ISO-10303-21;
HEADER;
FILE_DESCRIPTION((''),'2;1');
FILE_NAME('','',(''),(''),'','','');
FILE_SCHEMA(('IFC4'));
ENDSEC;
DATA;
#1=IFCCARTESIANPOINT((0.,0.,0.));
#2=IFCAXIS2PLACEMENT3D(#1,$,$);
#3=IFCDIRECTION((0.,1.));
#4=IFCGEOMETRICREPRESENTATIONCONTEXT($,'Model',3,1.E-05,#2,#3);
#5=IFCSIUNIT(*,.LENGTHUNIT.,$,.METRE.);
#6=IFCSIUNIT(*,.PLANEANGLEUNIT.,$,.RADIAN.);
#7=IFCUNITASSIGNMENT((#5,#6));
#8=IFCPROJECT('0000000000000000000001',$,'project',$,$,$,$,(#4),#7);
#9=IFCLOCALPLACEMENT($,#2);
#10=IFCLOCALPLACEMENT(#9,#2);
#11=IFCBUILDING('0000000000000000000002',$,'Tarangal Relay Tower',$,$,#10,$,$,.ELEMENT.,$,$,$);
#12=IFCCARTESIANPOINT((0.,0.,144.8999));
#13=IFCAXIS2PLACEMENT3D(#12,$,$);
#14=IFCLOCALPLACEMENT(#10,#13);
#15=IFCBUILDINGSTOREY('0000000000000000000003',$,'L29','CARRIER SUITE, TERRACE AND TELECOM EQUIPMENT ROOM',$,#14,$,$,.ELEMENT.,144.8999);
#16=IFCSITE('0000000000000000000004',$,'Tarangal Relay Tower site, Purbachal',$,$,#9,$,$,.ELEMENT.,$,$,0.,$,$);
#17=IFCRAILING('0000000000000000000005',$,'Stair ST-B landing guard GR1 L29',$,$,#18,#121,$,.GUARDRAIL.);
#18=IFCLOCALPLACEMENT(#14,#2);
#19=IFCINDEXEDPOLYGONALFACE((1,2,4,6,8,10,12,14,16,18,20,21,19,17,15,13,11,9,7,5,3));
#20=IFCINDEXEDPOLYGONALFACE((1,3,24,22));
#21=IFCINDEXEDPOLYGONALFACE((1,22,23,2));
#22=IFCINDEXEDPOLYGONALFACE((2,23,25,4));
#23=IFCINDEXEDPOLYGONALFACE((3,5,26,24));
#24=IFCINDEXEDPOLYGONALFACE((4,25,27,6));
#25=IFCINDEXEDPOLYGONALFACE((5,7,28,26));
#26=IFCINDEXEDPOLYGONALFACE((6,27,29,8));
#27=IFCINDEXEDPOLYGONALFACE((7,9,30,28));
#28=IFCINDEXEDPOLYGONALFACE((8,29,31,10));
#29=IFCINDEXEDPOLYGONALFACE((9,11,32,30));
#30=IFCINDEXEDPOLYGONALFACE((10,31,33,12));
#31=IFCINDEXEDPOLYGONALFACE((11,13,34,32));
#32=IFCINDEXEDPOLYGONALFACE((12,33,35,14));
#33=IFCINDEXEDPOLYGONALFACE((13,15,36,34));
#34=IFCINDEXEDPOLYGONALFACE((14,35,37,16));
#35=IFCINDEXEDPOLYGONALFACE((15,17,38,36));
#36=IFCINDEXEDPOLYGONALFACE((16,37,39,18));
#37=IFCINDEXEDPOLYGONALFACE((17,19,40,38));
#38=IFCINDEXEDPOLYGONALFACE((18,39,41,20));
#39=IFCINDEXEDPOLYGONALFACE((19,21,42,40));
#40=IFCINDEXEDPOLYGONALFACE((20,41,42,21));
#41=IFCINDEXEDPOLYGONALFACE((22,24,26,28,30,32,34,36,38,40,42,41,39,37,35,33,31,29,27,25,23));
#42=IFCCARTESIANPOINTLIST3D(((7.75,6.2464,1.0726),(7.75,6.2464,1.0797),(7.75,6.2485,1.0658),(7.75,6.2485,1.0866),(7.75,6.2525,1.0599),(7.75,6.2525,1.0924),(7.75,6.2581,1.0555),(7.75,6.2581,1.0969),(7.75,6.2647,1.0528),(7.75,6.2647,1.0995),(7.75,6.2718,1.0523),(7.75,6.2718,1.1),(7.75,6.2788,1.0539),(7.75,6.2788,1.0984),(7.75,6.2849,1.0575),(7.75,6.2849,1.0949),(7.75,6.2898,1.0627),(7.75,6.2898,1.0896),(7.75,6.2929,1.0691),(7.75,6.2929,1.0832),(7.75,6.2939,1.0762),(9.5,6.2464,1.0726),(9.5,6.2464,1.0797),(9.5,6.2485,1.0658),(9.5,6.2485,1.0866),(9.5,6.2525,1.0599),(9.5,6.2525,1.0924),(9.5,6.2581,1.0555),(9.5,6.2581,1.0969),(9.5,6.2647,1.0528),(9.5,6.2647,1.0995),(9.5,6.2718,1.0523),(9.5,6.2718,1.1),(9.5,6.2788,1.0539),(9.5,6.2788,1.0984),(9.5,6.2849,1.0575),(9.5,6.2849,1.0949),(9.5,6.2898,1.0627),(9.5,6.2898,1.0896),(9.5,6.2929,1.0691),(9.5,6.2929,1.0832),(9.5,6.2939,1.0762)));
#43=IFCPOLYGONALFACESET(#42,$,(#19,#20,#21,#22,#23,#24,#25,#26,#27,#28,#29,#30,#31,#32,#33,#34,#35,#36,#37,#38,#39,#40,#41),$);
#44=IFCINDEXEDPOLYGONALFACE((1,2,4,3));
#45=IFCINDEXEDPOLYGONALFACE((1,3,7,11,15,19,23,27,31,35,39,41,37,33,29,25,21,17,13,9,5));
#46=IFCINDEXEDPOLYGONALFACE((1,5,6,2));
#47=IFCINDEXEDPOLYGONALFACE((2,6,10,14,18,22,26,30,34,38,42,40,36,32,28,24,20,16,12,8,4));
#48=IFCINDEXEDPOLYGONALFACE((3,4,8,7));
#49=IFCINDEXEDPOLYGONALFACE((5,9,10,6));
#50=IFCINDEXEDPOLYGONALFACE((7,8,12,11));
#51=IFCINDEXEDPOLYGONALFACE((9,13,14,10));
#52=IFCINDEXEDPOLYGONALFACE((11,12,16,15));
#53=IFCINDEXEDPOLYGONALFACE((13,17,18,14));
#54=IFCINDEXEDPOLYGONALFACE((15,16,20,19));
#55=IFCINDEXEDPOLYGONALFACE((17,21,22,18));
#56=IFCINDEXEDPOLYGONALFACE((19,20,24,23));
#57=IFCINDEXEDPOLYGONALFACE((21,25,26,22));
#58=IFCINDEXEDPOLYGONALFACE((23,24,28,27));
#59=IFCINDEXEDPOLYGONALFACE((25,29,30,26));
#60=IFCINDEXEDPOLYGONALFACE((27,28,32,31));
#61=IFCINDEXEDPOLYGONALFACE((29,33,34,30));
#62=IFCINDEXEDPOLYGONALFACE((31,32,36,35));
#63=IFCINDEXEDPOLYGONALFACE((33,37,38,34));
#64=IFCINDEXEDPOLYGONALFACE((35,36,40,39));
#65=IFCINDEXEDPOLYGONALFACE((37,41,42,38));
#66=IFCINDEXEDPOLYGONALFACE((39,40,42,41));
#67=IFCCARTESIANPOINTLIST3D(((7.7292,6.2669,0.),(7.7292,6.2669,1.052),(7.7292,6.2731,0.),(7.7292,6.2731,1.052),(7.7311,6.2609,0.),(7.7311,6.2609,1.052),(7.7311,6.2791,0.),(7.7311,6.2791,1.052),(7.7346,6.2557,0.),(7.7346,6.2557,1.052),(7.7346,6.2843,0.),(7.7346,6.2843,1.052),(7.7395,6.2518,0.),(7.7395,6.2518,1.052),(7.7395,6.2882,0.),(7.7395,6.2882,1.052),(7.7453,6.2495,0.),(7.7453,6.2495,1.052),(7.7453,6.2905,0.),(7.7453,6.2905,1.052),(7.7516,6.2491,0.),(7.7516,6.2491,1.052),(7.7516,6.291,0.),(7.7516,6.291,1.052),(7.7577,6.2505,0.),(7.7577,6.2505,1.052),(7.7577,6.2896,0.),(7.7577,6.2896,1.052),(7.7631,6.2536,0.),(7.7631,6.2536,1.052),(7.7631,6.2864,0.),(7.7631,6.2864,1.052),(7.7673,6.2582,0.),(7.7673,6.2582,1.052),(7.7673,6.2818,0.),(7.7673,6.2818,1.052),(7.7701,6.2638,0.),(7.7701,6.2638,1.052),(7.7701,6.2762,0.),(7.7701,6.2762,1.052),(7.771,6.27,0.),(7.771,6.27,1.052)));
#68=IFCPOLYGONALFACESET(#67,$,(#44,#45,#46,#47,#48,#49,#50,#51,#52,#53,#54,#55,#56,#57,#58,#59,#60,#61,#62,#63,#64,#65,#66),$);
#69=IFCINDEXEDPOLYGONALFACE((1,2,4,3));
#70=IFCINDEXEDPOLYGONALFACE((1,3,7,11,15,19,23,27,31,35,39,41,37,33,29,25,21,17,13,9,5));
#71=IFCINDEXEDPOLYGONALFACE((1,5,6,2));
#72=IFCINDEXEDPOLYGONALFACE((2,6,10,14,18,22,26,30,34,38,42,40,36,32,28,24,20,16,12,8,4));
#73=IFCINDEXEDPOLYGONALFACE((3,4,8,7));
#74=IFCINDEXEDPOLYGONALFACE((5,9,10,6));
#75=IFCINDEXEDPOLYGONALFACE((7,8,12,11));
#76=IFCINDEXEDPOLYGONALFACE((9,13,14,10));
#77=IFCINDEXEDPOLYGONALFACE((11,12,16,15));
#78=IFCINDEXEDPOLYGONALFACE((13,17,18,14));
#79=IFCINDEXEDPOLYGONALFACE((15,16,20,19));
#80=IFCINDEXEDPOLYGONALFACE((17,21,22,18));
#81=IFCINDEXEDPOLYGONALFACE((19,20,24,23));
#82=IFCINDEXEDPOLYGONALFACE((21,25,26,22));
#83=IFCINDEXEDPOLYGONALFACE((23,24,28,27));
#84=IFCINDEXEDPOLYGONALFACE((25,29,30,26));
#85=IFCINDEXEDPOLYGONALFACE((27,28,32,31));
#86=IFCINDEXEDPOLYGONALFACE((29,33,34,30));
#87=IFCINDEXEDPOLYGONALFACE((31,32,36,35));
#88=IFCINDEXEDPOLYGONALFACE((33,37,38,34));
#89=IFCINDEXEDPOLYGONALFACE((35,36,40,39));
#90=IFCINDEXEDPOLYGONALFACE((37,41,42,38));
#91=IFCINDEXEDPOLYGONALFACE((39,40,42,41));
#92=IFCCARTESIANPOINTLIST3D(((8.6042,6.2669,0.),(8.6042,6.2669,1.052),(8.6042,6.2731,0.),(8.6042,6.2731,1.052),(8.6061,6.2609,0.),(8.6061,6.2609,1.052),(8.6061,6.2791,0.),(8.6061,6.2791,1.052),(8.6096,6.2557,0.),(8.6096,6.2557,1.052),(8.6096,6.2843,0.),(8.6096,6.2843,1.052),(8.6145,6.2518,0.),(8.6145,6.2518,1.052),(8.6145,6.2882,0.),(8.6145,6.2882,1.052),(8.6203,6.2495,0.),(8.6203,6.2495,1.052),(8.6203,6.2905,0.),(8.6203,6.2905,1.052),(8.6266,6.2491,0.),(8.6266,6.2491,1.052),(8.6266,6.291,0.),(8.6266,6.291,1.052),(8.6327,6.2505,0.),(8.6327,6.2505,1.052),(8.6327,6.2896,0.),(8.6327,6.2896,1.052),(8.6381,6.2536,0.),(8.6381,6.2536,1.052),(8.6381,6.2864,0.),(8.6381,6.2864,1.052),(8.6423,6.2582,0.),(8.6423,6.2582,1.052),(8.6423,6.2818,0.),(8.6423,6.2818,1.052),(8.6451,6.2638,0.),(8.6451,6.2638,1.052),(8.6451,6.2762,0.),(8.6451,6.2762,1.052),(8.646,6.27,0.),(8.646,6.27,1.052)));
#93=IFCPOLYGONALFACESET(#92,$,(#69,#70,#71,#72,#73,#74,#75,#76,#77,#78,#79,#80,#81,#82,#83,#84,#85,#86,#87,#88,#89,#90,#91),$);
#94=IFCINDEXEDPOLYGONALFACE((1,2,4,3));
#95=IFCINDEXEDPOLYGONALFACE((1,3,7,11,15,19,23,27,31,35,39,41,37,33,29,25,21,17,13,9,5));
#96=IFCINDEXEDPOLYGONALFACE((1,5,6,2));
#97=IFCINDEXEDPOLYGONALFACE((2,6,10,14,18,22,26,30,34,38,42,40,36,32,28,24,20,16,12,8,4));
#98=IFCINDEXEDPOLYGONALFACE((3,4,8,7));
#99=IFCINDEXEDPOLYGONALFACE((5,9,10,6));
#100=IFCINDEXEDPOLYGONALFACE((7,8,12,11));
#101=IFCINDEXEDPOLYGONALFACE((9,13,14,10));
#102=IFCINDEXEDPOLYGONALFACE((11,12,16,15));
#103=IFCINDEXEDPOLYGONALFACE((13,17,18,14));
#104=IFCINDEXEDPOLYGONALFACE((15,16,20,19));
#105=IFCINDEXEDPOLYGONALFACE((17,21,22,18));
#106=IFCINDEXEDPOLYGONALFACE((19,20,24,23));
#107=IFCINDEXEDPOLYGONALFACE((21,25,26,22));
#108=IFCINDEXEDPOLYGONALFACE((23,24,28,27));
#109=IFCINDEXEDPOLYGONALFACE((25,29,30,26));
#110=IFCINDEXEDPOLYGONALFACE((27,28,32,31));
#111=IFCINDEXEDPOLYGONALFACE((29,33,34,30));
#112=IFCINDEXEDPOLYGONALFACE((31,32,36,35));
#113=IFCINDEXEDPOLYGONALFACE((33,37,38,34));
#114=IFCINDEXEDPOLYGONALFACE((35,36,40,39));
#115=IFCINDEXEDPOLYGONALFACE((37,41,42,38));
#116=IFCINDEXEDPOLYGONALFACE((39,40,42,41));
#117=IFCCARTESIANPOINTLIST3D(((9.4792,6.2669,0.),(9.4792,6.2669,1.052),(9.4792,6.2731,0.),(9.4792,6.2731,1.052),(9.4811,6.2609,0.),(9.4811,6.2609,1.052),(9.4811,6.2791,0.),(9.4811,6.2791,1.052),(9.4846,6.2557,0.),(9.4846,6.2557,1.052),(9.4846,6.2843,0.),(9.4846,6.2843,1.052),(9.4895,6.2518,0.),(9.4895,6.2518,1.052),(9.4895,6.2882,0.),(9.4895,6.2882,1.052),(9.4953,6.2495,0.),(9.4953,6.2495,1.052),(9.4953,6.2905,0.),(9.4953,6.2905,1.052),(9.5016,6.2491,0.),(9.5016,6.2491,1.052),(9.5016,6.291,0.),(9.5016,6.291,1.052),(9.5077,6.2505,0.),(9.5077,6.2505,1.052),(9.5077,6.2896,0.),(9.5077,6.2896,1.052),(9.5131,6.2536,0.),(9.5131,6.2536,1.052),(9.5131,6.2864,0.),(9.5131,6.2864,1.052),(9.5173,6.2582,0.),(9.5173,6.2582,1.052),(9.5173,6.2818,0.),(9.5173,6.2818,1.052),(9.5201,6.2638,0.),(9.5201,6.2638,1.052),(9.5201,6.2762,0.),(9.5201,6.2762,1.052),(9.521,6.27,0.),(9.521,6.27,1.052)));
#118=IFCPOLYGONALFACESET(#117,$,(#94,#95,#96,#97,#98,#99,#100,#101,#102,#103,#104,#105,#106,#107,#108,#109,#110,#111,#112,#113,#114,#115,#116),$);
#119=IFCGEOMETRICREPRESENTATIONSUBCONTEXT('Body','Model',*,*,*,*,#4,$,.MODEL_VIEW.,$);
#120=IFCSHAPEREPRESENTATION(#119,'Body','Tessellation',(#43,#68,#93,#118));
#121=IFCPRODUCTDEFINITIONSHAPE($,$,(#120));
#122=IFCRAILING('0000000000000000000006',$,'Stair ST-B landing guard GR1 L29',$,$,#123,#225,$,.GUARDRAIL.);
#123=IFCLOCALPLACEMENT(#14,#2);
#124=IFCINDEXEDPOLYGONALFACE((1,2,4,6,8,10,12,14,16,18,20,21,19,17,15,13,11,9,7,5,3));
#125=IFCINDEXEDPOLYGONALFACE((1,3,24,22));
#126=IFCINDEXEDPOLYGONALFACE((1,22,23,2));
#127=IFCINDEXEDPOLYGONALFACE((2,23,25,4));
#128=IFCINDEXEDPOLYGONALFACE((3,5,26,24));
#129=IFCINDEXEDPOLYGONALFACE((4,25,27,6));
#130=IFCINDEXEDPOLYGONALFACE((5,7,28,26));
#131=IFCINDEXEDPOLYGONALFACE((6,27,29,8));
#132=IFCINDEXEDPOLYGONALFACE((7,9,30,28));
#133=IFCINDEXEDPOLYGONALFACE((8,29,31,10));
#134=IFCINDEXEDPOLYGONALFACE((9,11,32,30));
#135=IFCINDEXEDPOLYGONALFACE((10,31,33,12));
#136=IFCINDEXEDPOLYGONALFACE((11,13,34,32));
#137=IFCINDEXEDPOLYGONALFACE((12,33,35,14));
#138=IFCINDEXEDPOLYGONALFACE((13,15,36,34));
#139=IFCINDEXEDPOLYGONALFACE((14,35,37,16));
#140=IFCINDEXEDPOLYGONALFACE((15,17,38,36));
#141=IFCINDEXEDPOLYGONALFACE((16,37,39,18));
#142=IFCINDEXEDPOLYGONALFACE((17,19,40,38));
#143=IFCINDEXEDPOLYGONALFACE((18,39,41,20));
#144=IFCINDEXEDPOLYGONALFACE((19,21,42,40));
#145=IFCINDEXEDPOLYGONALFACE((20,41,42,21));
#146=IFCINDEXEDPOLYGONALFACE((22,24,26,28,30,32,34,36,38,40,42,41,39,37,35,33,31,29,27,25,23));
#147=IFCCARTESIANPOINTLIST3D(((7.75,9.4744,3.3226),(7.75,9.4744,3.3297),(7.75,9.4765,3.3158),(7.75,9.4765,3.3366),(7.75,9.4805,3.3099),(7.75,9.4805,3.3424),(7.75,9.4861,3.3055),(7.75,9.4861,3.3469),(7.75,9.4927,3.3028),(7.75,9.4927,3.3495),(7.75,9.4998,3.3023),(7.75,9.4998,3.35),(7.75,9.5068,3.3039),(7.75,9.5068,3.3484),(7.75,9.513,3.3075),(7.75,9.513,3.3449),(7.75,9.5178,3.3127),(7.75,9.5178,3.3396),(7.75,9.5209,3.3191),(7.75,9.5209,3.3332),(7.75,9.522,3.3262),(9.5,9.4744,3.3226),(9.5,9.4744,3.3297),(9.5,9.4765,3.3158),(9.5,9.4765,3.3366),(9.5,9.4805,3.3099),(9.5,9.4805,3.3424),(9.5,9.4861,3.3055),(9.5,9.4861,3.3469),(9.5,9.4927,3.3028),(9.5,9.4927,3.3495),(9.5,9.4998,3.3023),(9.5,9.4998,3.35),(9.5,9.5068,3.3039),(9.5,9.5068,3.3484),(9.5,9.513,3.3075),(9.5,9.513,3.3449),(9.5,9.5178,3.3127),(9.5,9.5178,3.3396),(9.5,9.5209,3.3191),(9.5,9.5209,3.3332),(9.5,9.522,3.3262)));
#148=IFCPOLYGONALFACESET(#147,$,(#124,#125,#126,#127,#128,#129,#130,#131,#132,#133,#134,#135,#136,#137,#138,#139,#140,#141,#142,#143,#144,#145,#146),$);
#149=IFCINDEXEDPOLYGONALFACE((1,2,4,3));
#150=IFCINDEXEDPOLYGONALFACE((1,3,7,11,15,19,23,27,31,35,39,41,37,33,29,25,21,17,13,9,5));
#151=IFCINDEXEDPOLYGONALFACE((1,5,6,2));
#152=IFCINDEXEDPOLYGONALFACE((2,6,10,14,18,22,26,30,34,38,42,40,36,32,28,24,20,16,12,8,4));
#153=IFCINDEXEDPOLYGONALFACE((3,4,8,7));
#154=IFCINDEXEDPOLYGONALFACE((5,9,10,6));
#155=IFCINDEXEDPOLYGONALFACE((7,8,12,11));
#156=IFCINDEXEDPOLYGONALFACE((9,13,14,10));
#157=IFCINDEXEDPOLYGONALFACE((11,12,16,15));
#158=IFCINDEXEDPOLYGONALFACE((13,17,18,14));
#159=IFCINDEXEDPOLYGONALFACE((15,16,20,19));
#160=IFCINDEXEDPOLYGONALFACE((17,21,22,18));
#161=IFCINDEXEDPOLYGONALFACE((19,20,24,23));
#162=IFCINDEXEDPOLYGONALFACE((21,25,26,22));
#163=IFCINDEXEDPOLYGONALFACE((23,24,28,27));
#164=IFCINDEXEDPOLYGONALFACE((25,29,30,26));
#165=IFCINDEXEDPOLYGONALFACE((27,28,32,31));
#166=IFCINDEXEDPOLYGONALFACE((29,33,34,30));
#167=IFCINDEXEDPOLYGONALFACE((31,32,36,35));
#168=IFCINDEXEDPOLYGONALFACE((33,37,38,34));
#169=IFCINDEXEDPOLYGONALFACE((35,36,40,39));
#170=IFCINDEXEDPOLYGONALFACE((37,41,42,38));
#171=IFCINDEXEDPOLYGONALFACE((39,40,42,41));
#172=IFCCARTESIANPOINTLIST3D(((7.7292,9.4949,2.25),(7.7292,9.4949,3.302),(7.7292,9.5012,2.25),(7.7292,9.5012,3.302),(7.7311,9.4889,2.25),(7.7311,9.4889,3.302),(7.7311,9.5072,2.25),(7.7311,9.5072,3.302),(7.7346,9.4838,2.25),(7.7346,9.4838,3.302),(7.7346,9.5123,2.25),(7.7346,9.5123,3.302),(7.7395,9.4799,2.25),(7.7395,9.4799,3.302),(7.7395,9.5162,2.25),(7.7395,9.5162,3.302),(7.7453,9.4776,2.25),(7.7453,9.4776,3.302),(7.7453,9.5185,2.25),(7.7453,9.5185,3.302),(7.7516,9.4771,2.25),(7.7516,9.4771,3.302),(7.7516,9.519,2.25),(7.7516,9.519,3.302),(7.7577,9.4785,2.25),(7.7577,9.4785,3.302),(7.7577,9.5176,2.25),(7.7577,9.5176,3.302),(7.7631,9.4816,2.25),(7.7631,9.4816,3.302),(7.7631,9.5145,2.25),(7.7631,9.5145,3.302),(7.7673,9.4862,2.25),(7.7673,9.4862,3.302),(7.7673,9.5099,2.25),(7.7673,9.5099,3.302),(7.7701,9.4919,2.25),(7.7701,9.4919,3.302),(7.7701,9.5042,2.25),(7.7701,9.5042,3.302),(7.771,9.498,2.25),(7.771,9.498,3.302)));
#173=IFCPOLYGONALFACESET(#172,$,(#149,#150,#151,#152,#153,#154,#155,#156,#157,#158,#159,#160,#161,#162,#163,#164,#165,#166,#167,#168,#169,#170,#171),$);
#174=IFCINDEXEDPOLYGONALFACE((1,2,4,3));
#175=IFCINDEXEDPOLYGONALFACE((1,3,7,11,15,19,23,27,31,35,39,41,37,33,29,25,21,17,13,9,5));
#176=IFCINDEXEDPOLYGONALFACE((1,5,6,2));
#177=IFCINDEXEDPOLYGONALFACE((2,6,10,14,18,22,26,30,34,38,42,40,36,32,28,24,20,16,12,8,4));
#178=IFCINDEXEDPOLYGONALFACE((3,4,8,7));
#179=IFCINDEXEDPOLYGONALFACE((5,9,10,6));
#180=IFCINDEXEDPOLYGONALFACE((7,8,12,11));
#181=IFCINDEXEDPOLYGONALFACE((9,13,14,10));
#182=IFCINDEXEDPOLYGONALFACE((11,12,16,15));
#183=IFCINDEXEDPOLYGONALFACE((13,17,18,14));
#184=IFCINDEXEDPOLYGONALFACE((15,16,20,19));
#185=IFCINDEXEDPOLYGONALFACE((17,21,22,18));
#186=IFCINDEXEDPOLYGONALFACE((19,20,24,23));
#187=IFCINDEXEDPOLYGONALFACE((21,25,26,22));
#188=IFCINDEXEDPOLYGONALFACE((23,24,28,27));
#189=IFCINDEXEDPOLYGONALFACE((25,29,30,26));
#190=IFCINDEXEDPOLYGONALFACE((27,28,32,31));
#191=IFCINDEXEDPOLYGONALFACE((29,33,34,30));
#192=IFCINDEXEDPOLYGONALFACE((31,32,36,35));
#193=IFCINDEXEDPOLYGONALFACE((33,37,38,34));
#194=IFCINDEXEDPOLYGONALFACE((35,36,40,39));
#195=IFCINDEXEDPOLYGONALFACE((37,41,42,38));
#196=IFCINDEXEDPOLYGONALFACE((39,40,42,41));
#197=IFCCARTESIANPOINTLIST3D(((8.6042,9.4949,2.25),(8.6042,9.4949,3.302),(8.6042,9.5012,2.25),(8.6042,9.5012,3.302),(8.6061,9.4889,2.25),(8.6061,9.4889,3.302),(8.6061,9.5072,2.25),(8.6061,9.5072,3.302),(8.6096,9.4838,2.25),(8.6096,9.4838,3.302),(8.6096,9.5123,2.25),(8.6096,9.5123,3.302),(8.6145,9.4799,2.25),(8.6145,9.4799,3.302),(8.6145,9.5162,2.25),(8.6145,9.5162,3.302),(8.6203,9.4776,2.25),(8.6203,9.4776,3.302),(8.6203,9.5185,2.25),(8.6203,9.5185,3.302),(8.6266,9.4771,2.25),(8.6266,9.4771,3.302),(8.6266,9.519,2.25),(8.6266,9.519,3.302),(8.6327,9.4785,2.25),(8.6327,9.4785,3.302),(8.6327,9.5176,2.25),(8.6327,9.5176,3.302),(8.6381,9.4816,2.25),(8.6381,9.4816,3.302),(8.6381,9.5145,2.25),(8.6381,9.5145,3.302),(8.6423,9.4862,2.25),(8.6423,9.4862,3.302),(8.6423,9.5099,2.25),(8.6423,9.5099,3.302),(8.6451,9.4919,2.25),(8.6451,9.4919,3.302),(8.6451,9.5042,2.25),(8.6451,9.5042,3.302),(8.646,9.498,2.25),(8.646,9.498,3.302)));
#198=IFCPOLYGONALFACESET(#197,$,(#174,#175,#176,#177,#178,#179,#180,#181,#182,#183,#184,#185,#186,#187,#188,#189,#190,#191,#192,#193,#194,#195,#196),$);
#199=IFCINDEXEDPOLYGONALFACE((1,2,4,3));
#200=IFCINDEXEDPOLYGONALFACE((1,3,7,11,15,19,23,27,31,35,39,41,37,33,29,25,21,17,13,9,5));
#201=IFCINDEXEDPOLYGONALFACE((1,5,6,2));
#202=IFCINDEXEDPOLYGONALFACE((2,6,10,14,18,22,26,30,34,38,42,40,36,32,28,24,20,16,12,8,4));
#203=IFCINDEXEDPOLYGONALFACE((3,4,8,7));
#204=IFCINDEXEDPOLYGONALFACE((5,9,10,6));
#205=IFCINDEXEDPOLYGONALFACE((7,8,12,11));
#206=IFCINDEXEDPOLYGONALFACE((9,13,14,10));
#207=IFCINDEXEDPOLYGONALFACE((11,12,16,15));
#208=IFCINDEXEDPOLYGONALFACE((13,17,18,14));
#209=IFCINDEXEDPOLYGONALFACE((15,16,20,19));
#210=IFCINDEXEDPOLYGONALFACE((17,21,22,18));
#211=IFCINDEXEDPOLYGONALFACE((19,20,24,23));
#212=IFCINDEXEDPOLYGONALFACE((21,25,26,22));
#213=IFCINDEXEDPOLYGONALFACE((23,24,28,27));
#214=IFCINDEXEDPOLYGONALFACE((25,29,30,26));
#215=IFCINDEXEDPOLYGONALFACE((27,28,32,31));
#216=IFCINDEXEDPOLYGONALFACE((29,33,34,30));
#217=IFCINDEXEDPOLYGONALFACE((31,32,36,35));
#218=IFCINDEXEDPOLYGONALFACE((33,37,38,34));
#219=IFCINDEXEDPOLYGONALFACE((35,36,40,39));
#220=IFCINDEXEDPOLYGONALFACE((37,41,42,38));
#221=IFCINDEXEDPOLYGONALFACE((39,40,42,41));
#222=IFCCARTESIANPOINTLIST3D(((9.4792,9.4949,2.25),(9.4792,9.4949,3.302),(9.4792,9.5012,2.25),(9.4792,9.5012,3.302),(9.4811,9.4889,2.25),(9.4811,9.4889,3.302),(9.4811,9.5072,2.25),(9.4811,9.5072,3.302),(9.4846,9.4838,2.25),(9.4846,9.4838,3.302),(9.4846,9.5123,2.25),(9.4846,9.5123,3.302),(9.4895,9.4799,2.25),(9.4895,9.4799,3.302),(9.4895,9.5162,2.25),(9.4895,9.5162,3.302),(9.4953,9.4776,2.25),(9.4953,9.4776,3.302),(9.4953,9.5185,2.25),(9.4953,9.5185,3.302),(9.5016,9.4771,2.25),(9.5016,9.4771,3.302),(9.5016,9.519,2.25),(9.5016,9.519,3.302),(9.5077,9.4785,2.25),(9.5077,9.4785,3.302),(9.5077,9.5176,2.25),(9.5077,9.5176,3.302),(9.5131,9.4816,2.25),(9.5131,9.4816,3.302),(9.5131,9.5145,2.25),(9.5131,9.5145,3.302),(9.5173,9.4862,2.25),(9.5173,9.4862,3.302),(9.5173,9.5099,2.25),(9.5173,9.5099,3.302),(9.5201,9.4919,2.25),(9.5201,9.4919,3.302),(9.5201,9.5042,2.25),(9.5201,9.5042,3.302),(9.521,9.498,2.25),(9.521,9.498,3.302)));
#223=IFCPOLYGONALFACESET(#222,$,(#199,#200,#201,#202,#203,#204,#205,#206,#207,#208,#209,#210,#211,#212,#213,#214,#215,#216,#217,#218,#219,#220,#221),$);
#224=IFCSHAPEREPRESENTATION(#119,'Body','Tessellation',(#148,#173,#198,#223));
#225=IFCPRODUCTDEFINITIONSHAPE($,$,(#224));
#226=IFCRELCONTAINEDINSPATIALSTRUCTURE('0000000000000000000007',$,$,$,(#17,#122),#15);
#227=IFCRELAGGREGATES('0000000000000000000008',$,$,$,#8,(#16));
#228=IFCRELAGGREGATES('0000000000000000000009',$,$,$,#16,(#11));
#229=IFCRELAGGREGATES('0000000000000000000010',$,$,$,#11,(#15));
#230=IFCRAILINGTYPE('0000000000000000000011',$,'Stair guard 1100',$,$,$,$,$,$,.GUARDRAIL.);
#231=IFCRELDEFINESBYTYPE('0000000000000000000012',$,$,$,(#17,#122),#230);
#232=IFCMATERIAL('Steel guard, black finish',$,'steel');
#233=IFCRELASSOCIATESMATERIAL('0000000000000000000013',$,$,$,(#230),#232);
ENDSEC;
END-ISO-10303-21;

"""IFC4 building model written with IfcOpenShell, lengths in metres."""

from ifc_helpers import new_model, si_unit, direction, frame, origin, origin_2d, place, context, subcontext, project, spatial, circle, extrude, material, type_object, element, save


model = new_model("IFC4")

# Units and contexts
model_context = context("Model", 3, precision=1e-05, world=origin(), true_north=direction((0.0, 1.0)))
body_context = subcontext(model_context, "Body", "Model", "MODEL_VIEW")
ifc_project = project(units=[si_unit("LENGTHUNIT", "METRE"), si_unit("PLANEANGLEUNIT", "RADIAN")], contexts=[model_context])

# Site, building, storey
site_placement = place(None, origin())
site = spatial("IfcSite", under=ifc_project, at=site_placement, Name="Tarangal Relay Tower site, Purbachal", CompositionType="ELEMENT", RefElevation=0.0)
building_placement = place(site_placement, origin())
building = spatial("IfcBuilding", under=site, at=building_placement, Name="Tarangal Relay Tower", CompositionType="ELEMENT")
storey_placement = place(building_placement, frame((0.0, 0.0, 144.8999)))
storey = spatial("IfcBuildingStorey", under=building, at=storey_placement, Name="L29", Description="CARRIER SUITE, TERRACE AND TELECOM EQUIPMENT ROOM", CompositionType="ELEMENT", Elevation=144.8999)

# Railings
ifc_material_1 = material(Name="Steel guard, black finish", Category="steel")
railing_type_1 = type_object("IfcRailingType", Name="Stair guard 1100", PredefinedType="GUARDRAIL", material=ifc_material_1)
for number, where, name in (
    (1, (7.75, 6.27, 0.0), "Stair ST-B landing guard GR1 L29"),
    (2, (7.75, 9.498, 2.25), "Stair ST-B landing guard GR1 L29"),
):
    element("IfcRailing", number, at=place(storey_placement, frame(where)), inside=storey, type_object=railing_type_1, Name=name, PredefinedType="GUARDRAIL", context=body_context, shape_type="SweptSolid", body=[
        extrude(circle(Radius=0.0239, at=origin_2d()), frame((0.0, 0.0, 1.0762), z_axis=(1.0, 0.0, 0.0), x_axis=(0.0, 1.0, 0.0)), (0.0, 0.0, 1.0), 1.75),
        extrude(circle(Radius=0.021, at=origin_2d()), origin(), (0.0, 0.0, 1.0), 1.052),
        extrude(circle(Radius=0.021, at=origin_2d()), frame((0.875, 0.0, 0.0)), (0.0, 0.0, 1.0), 1.052),
        extrude(circle(Radius=0.021, at=origin_2d()), frame((1.75, 0.0, 0.0)), (0.0, 0.0, 1.0), 1.052),
    ])

save(model, "model.ifc")
